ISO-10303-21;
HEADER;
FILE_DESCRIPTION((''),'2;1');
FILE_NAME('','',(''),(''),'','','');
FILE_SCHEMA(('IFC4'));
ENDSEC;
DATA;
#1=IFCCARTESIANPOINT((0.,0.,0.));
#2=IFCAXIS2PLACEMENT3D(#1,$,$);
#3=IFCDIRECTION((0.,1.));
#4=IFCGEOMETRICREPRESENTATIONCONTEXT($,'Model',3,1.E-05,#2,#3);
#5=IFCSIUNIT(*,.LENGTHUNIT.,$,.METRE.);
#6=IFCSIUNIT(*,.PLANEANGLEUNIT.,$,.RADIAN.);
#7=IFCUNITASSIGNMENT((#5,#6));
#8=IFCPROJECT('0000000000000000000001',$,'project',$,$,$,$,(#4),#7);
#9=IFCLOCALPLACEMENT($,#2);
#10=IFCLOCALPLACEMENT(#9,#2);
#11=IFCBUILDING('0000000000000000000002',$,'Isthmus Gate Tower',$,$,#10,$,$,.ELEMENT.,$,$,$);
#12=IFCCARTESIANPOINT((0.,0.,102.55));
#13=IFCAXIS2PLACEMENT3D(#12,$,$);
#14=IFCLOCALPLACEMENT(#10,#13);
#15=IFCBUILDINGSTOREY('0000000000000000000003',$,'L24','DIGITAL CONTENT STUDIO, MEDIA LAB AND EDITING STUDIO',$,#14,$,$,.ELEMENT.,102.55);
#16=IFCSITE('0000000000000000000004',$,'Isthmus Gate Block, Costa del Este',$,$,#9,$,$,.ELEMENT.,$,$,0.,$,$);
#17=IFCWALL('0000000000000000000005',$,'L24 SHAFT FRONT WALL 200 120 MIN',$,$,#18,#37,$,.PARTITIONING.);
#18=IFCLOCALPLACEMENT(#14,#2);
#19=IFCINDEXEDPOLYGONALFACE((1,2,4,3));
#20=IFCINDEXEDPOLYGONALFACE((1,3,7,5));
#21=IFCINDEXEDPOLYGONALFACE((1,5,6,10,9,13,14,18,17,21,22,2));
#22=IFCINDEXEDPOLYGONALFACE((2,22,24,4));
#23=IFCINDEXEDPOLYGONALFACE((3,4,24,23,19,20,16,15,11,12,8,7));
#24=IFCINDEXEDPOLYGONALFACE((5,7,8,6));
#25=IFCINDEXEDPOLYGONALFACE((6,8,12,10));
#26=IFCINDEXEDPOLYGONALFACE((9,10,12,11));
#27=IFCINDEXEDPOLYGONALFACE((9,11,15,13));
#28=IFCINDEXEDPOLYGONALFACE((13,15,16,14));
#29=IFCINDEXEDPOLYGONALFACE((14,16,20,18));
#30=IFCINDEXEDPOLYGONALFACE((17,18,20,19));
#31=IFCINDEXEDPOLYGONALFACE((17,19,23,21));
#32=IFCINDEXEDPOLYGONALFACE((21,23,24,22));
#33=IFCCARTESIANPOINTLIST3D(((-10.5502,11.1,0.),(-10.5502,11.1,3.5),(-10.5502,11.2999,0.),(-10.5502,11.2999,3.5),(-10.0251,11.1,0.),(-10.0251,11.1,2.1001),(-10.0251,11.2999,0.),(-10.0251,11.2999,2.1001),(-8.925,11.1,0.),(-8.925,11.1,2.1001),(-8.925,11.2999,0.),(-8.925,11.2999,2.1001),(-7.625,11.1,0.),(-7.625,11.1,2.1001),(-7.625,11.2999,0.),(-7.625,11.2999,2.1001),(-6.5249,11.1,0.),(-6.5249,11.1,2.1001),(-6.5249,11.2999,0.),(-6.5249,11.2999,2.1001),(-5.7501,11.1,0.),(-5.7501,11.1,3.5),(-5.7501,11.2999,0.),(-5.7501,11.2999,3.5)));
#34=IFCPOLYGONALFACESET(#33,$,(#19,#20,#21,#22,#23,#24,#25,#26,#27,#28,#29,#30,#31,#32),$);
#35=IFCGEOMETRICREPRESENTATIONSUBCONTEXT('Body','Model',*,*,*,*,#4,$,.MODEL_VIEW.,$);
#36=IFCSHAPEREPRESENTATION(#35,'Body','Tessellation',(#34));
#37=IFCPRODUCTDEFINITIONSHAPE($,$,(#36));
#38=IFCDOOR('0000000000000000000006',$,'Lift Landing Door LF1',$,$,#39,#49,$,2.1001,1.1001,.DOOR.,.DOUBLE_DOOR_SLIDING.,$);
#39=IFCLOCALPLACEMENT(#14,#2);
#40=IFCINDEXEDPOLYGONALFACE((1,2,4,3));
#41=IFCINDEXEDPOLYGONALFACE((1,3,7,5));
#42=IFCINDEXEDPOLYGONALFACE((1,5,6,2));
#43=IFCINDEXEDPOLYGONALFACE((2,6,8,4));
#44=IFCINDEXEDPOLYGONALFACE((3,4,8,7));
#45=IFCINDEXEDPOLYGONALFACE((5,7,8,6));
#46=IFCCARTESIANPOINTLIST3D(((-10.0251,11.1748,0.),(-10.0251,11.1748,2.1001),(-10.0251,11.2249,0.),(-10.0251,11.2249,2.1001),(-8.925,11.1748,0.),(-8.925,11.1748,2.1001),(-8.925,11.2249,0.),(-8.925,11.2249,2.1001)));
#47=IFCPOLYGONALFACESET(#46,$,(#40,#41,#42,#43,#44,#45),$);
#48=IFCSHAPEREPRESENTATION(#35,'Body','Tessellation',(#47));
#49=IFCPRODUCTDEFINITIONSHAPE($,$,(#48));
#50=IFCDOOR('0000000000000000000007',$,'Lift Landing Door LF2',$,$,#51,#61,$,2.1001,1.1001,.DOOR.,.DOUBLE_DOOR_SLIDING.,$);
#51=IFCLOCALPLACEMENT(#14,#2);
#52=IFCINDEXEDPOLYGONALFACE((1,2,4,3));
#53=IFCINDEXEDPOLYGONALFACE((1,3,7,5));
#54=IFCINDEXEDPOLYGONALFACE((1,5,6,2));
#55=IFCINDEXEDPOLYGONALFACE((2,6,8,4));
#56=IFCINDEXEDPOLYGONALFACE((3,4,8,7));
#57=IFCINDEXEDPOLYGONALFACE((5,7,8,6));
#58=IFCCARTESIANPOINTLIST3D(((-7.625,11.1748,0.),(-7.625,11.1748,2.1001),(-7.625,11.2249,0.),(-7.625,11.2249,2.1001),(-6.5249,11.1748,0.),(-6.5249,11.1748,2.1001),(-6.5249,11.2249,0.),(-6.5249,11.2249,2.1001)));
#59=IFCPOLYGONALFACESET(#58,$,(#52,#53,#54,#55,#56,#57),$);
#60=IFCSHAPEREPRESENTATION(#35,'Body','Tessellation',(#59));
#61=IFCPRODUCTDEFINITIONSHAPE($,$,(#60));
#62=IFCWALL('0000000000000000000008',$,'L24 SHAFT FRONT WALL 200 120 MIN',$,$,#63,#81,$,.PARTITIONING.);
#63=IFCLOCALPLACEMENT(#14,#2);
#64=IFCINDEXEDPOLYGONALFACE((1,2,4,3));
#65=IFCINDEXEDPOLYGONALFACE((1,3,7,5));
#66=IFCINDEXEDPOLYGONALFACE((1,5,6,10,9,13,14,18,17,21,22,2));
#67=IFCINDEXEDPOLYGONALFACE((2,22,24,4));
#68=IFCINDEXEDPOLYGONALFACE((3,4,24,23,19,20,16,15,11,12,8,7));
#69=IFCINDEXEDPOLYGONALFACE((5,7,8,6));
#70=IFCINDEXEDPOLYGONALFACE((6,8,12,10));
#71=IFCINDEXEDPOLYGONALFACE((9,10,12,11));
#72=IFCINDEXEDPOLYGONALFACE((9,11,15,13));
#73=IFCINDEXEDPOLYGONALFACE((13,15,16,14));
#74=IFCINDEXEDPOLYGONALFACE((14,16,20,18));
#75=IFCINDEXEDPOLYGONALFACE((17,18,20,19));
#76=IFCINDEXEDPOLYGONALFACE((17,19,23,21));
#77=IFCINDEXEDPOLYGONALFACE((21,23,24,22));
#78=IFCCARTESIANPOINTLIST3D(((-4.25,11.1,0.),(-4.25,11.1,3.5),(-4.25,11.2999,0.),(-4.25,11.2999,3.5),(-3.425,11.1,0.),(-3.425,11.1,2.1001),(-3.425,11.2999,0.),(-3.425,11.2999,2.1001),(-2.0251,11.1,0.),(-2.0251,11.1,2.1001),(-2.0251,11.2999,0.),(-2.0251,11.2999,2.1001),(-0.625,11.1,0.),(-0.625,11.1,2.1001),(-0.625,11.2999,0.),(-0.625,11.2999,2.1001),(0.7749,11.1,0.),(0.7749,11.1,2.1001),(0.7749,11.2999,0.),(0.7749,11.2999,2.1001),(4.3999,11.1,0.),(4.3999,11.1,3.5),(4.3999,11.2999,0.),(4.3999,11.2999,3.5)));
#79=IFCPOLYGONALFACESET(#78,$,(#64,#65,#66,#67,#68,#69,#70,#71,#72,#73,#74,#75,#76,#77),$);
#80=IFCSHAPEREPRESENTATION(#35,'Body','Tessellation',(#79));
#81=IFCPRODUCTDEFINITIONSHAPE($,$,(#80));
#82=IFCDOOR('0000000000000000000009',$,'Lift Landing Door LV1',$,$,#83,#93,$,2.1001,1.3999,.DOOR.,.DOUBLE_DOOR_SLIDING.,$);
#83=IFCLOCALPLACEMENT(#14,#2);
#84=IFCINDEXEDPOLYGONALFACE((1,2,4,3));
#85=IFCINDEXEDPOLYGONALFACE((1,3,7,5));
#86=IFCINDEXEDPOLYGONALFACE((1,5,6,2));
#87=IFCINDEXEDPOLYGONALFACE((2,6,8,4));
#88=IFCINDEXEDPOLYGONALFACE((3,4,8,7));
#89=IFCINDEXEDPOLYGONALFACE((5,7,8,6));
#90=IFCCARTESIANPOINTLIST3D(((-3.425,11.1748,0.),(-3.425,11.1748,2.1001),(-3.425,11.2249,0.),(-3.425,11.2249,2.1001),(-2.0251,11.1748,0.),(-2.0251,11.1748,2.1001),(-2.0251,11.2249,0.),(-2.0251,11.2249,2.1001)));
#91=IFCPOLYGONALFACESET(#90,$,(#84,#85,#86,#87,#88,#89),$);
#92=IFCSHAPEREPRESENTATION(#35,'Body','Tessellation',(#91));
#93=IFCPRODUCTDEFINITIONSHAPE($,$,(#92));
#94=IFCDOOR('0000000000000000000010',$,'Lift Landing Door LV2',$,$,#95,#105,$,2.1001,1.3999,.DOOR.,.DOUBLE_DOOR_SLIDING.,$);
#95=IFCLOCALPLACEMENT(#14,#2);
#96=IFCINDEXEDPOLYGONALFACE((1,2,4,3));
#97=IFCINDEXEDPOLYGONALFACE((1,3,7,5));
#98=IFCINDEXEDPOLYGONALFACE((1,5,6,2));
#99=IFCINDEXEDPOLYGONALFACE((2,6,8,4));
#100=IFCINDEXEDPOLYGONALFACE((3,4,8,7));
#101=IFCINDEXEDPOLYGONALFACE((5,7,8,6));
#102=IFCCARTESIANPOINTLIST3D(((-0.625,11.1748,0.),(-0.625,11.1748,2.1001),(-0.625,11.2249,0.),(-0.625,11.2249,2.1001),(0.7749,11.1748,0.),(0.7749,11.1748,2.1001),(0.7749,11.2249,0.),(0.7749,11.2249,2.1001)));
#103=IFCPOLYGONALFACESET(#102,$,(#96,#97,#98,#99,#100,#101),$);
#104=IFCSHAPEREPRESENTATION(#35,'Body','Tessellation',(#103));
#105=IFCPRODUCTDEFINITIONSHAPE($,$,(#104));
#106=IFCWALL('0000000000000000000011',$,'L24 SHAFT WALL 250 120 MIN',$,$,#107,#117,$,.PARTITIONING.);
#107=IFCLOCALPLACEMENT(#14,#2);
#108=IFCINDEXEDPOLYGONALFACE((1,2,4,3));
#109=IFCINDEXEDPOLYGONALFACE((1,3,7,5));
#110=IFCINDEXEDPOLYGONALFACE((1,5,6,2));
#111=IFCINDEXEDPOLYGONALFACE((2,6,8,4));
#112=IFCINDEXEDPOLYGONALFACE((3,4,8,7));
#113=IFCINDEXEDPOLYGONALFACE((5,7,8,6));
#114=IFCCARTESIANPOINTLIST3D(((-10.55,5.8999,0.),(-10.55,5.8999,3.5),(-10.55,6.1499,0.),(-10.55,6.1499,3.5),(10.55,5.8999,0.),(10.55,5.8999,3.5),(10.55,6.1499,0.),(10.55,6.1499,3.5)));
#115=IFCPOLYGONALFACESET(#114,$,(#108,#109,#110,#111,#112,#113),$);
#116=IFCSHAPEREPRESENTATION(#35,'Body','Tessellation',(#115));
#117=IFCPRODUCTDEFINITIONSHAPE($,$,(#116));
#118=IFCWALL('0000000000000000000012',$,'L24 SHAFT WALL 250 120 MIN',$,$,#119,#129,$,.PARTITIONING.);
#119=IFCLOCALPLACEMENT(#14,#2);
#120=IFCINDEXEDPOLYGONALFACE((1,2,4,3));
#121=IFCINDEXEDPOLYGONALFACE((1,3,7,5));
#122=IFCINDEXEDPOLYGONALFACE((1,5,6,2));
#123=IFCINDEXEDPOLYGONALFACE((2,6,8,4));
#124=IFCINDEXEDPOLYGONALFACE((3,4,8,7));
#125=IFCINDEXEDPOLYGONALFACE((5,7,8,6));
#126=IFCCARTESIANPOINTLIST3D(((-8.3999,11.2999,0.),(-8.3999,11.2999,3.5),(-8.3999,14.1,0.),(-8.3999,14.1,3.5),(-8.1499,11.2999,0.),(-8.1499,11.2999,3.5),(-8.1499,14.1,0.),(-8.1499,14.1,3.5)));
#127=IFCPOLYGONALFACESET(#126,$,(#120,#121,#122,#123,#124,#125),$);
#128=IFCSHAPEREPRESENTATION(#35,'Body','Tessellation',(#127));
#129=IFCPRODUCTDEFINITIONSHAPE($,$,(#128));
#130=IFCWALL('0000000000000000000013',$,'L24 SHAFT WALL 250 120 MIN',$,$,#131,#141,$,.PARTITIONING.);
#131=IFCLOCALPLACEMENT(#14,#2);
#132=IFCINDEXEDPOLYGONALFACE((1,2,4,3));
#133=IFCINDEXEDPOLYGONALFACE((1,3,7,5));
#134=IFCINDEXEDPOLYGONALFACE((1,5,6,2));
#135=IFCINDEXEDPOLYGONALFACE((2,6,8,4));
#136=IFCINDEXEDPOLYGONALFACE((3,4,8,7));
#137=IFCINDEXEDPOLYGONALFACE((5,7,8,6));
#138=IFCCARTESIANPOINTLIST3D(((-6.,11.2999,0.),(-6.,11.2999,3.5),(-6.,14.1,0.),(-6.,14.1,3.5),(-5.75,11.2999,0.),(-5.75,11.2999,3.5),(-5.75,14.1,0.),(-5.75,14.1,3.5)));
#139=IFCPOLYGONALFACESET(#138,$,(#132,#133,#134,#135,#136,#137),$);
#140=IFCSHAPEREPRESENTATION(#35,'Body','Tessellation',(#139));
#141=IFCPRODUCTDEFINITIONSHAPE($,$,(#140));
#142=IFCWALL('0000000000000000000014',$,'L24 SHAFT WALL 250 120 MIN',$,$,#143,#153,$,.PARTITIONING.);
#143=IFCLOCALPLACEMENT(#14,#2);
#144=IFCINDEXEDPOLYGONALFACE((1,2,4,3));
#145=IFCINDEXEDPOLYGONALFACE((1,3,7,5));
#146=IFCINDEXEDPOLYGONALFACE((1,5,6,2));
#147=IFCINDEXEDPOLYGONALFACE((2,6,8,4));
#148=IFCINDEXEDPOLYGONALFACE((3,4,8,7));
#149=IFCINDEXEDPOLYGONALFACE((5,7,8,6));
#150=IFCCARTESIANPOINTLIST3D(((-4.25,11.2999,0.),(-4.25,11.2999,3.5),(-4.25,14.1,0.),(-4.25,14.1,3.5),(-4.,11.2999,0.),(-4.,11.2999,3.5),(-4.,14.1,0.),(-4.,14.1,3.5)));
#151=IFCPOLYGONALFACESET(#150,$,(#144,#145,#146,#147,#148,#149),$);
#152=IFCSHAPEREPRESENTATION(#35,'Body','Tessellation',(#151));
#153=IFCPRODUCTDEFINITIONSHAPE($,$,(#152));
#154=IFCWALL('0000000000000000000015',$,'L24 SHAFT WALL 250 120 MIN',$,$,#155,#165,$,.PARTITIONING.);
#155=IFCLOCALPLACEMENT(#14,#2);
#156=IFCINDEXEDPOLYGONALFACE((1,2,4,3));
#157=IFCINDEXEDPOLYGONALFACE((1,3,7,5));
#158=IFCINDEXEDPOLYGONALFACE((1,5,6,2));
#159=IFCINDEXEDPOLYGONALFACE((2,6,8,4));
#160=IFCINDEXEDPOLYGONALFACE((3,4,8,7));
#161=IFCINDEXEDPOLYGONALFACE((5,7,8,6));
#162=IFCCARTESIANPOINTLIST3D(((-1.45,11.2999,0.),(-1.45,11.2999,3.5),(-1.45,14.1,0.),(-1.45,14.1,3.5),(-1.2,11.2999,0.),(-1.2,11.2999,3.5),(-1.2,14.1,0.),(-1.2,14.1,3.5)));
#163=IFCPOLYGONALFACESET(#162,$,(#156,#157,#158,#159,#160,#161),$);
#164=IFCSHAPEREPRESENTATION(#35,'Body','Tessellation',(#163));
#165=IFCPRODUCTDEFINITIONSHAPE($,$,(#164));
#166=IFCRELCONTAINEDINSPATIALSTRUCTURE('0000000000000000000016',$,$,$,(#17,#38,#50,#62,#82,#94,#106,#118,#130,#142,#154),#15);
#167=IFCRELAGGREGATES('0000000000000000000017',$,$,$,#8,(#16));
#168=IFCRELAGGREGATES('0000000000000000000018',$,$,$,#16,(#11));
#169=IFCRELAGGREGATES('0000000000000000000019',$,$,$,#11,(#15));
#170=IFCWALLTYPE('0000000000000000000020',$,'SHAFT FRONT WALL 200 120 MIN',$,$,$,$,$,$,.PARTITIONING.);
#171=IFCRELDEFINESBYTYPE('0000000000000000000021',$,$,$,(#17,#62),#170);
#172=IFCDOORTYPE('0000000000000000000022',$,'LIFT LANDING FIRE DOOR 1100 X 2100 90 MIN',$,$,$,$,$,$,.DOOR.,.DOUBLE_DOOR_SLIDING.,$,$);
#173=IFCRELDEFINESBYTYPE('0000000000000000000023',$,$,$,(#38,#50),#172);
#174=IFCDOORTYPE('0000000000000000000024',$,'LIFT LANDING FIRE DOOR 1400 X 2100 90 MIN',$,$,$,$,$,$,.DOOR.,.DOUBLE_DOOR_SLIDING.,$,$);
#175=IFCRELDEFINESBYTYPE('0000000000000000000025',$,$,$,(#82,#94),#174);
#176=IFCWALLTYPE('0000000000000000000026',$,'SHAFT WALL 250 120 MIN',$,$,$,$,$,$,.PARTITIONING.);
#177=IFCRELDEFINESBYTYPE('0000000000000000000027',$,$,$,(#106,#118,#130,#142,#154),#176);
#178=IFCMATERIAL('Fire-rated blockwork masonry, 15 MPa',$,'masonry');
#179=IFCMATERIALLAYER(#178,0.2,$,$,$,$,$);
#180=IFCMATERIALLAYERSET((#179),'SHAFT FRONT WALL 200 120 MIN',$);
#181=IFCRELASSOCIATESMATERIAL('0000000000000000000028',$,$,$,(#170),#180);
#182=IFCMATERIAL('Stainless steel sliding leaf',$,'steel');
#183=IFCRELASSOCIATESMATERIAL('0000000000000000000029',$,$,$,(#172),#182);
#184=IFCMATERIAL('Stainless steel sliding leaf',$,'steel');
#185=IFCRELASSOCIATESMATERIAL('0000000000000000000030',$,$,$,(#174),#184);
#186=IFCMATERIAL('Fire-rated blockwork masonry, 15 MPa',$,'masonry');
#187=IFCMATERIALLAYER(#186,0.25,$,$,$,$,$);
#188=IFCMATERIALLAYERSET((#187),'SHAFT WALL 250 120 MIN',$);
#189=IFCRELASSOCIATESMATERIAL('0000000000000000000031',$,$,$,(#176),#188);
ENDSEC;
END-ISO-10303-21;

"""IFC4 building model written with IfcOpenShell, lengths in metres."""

from ifc_helpers import new_model, si_unit, direction, frame, frame_2d, origin, place, context, subcontext, project, spatial, rectangle, extrude, material, layer, layer_set, type_object, element, fill, save


model = new_model("IFC4")

# Units and contexts
model_context = context("Model", 3, precision=1e-05, world=origin(), true_north=direction((0.0, 1.0)))
body_context = subcontext(model_context, "Body", "Model", "MODEL_VIEW")
ifc_project = project(units=[si_unit("LENGTHUNIT", "METRE"), si_unit("PLANEANGLEUNIT", "RADIAN")], contexts=[model_context])

# Site, building, storey
site_placement = place(None, origin())
site = spatial("IfcSite", under=ifc_project, at=site_placement, Name="Isthmus Gate Block, Costa del Este", CompositionType="ELEMENT", RefElevation=0.0)
building_placement = place(site_placement, origin())
building = spatial("IfcBuilding", under=site, at=building_placement, Name="Isthmus Gate Tower", CompositionType="ELEMENT")
storey_placement = place(building_placement, frame((0.0, 0.0, 102.55)))
storey = spatial("IfcBuildingStorey", under=building, at=storey_placement, Name="L24", Description="DIGITAL CONTENT STUDIO, MEDIA LAB AND EDITING STUDIO", CompositionType="ELEMENT", Elevation=102.55)

# Walls, openings, doors
ifc_material_1 = material(Name="Fire-rated blockwork masonry, 15 MPa", Category="masonry")
ifc_layer_1 = layer(ifc_material_1, 0.2)
ifc_layer_set_1 = layer_set([ifc_layer_1], Name="SHAFT FRONT WALL 200 120 MIN")
wall_type_1 = type_object("IfcWallType", Name="SHAFT FRONT WALL 200 120 MIN", PredefinedType="PARTITIONING", material=ifc_layer_set_1)
wall_1_placement = place(storey_placement, frame((-10.55, 11.2, 0.0), z_axis=(0.0, 0.0, 1.0), x_axis=(1.0, 0.0, 0.0)))
wall_1 = element("IfcWall", 1, at=wall_1_placement, inside=storey, type_object=wall_type_1, Name="L24 SHAFT FRONT WALL 200 120 MIN", PredefinedType="PARTITIONING", context=body_context, shape_type="SweptSolid", body=[
    extrude(rectangle(XDim=4.8, YDim=0.2, at=frame_2d((2.3999, 0.0))), origin(), (0.0, 0.0, 1.0), 3.5),
])
opening_1_placement = place(wall_1_placement, frame((0.5249, 0.0, 0.0)))
opening_1 = element("IfcOpeningElement", 2, at=opening_1_placement, cuts=wall_1, PredefinedType="OPENING", context=body_context, shape_type="SweptSolid", body=[
    extrude(rectangle(XDim=1.1001, YDim=2.1001, at=frame_2d((0.55, 1.05))), frame((0.0, 0.1099, 0.0), z_axis=(0.0, -1.0, 0.0), x_axis=(1.0, 0.0, 0.0)), (0.0, 0.0, 1.0), 0.22),
])
opening_2_placement = place(wall_1_placement, frame((2.925, 0.0, 0.0)))
opening_2 = element("IfcOpeningElement", 3, at=opening_2_placement, cuts=wall_1, PredefinedType="OPENING", context=body_context, shape_type="SweptSolid", body=[
    extrude(rectangle(XDim=1.1001, YDim=2.1001, at=frame_2d((0.55, 1.05))), frame((0.0, 0.1099, 0.0), z_axis=(0.0, -1.0, 0.0), x_axis=(1.0, 0.0, 0.0)), (0.0, 0.0, 1.0), 0.22),
])
ifc_material_2 = material(Name="Stainless steel sliding leaf", Category="steel")
door_type_1 = type_object("IfcDoorType", Name="LIFT LANDING FIRE DOOR 1100 X 2100 90 MIN", OperationType="DOUBLE_DOOR_SLIDING", PredefinedType="DOOR", material=ifc_material_2)
door_1_placement = place(opening_1_placement, origin())
door_1 = element("IfcDoor", 4, at=door_1_placement, inside=storey, type_object=door_type_1, Name="Lift Landing Door LF1", OperationType="DOUBLE_DOOR_SLIDING", OverallHeight=2.1001, OverallWidth=1.1001, PredefinedType="DOOR", context=body_context, shape_type="SweptSolid", body=[
    extrude(rectangle(XDim=1.1001, YDim=2.1001, at=frame_2d((0.55, 1.05))), frame((0.0, 0.0249, 0.0), z_axis=(0.0, -1.0, 0.0), x_axis=(1.0, 0.0, 0.0)), (0.0, 0.0, 1.0), 0.05),
])
fill(opening_1, door_1)
door_2_placement = place(opening_2_placement, origin())
door_2 = element("IfcDoor", 5, at=door_2_placement, inside=storey, type_object=door_type_1, Name="Lift Landing Door LF2", OperationType="DOUBLE_DOOR_SLIDING", OverallHeight=2.1001, OverallWidth=1.1001, PredefinedType="DOOR", context=body_context, shape_type="SweptSolid", body=[
    extrude(rectangle(XDim=1.1001, YDim=2.1001, at=frame_2d((0.55, 1.05))), frame((0.0, 0.0249, 0.0), z_axis=(0.0, -1.0, 0.0), x_axis=(1.0, 0.0, 0.0)), (0.0, 0.0, 1.0), 0.05),
])
fill(opening_2, door_2)
wall_2_placement = place(storey_placement, frame((-4.25, 11.2, 0.0), z_axis=(0.0, 0.0, 1.0), x_axis=(1.0, 0.0, 0.0)))
wall_2 = element("IfcWall", 6, at=wall_2_placement, inside=storey, type_object=wall_type_1, Name="L24 SHAFT FRONT WALL 200 120 MIN", PredefinedType="PARTITIONING", context=body_context, shape_type="SweptSolid", body=[
    extrude(rectangle(XDim=8.6499, YDim=0.2, at=frame_2d((4.325, 0.0))), origin(), (0.0, 0.0, 1.0), 3.5),
])
opening_3_placement = place(wall_2_placement, frame((0.825, 0.0, 0.0)))
opening_3 = element("IfcOpeningElement", 7, at=opening_3_placement, cuts=wall_2, PredefinedType="OPENING", context=body_context, shape_type="SweptSolid", body=[
    extrude(rectangle(XDim=1.3999, YDim=2.1001, at=frame_2d((0.7, 1.05))), frame((0.0, 0.1099, 0.0), z_axis=(0.0, -1.0, 0.0), x_axis=(1.0, 0.0, 0.0)), (0.0, 0.0, 1.0), 0.22),
])
opening_4_placement = place(wall_2_placement, frame((3.625, 0.0, 0.0)))
opening_4 = element("IfcOpeningElement", 8, at=opening_4_placement, cuts=wall_2, PredefinedType="OPENING", context=body_context, shape_type="SweptSolid", body=[
    extrude(rectangle(XDim=1.3999, YDim=2.1001, at=frame_2d((0.7, 1.05))), frame((0.0, 0.1099, 0.0), z_axis=(0.0, -1.0, 0.0), x_axis=(1.0, 0.0, 0.0)), (0.0, 0.0, 1.0), 0.22),
])
ifc_material_3 = material(Name="Stainless steel sliding leaf", Category="steel")
door_type_2 = type_object("IfcDoorType", Name="LIFT LANDING FIRE DOOR 1400 X 2100 90 MIN", OperationType="DOUBLE_DOOR_SLIDING", PredefinedType="DOOR", material=ifc_material_3)
door_3_placement = place(opening_3_placement, origin())
door_3 = element("IfcDoor", 9, at=door_3_placement, inside=storey, type_object=door_type_2, Name="Lift Landing Door LV1", OperationType="DOUBLE_DOOR_SLIDING", OverallHeight=2.1001, OverallWidth=1.3999, PredefinedType="DOOR", context=body_context, shape_type="SweptSolid", body=[
    extrude(rectangle(XDim=1.3999, YDim=2.1001, at=frame_2d((0.7, 1.05))), frame((0.0, 0.0249, 0.0), z_axis=(0.0, -1.0, 0.0), x_axis=(1.0, 0.0, 0.0)), (0.0, 0.0, 1.0), 0.05),
])
fill(opening_3, door_3)
door_4_placement = place(opening_4_placement, origin())
door_4 = element("IfcDoor", 10, at=door_4_placement, inside=storey, type_object=door_type_2, Name="Lift Landing Door LV2", OperationType="DOUBLE_DOOR_SLIDING", OverallHeight=2.1001, OverallWidth=1.3999, PredefinedType="DOOR", context=body_context, shape_type="SweptSolid", body=[
    extrude(rectangle(XDim=1.3999, YDim=2.1001, at=frame_2d((0.7, 1.05))), frame((0.0, 0.0249, 0.0), z_axis=(0.0, -1.0, 0.0), x_axis=(1.0, 0.0, 0.0)), (0.0, 0.0, 1.0), 0.05),
])
fill(opening_4, door_4)

# Walls
ifc_material_4 = material(Name="Fire-rated blockwork masonry, 15 MPa", Category="masonry")
ifc_layer_2 = layer(ifc_material_4, 0.25)
ifc_layer_set_2 = layer_set([ifc_layer_2], Name="SHAFT WALL 250 120 MIN")
wall_type_2 = type_object("IfcWallType", Name="SHAFT WALL 250 120 MIN", PredefinedType="PARTITIONING", material=ifc_layer_set_2)
wall_3_placement = place(storey_placement, frame((-10.55, 6.0249, 0.0), z_axis=(0.0, 0.0, 1.0), x_axis=(1.0, 0.0, 0.0)))
element("IfcWall", 11, at=wall_3_placement, inside=storey, type_object=wall_type_2, Name="L24 SHAFT WALL 250 120 MIN", PredefinedType="PARTITIONING", context=body_context, shape_type="SweptSolid", body=[
    extrude(rectangle(XDim=21.1001, YDim=0.25, at=frame_2d((10.55, 0.0))), origin(), (0.0, 0.0, 1.0), 3.5),
])
for number, where, z_axis, x_axis, name in (
    (12, (-8.2749, 11.3, 0.0), (0.0, 0.0, 1.0), (0.0, 1.0, 0.0), "L24 SHAFT WALL 250 120 MIN"),
    (13, (-5.875, 11.3, 0.0), (0.0, 0.0, 1.0), (0.0, 1.0, 0.0), "L24 SHAFT WALL 250 120 MIN"),
    (14, (-4.125, 11.3, 0.0), (0.0, 0.0, 1.0), (0.0, 1.0, 0.0), "L24 SHAFT WALL 250 120 MIN"),
    (15, (-1.325, 11.3, 0.0), (0.0, 0.0, 1.0), (0.0, 1.0, 0.0), "L24 SHAFT WALL 250 120 MIN"),
):
    element("IfcWall", number, at=place(storey_placement, frame(where, z_axis=z_axis, x_axis=x_axis)), inside=storey, type_object=wall_type_2, Name=name, PredefinedType="PARTITIONING", context=body_context, shape_type="SweptSolid", body=[
        extrude(rectangle(XDim=2.8, YDim=0.25, at=frame_2d((1.3999, 0.0))), origin(), (0.0, 0.0, 1.0), 3.5),
    ])

save(model, "model.ifc")
